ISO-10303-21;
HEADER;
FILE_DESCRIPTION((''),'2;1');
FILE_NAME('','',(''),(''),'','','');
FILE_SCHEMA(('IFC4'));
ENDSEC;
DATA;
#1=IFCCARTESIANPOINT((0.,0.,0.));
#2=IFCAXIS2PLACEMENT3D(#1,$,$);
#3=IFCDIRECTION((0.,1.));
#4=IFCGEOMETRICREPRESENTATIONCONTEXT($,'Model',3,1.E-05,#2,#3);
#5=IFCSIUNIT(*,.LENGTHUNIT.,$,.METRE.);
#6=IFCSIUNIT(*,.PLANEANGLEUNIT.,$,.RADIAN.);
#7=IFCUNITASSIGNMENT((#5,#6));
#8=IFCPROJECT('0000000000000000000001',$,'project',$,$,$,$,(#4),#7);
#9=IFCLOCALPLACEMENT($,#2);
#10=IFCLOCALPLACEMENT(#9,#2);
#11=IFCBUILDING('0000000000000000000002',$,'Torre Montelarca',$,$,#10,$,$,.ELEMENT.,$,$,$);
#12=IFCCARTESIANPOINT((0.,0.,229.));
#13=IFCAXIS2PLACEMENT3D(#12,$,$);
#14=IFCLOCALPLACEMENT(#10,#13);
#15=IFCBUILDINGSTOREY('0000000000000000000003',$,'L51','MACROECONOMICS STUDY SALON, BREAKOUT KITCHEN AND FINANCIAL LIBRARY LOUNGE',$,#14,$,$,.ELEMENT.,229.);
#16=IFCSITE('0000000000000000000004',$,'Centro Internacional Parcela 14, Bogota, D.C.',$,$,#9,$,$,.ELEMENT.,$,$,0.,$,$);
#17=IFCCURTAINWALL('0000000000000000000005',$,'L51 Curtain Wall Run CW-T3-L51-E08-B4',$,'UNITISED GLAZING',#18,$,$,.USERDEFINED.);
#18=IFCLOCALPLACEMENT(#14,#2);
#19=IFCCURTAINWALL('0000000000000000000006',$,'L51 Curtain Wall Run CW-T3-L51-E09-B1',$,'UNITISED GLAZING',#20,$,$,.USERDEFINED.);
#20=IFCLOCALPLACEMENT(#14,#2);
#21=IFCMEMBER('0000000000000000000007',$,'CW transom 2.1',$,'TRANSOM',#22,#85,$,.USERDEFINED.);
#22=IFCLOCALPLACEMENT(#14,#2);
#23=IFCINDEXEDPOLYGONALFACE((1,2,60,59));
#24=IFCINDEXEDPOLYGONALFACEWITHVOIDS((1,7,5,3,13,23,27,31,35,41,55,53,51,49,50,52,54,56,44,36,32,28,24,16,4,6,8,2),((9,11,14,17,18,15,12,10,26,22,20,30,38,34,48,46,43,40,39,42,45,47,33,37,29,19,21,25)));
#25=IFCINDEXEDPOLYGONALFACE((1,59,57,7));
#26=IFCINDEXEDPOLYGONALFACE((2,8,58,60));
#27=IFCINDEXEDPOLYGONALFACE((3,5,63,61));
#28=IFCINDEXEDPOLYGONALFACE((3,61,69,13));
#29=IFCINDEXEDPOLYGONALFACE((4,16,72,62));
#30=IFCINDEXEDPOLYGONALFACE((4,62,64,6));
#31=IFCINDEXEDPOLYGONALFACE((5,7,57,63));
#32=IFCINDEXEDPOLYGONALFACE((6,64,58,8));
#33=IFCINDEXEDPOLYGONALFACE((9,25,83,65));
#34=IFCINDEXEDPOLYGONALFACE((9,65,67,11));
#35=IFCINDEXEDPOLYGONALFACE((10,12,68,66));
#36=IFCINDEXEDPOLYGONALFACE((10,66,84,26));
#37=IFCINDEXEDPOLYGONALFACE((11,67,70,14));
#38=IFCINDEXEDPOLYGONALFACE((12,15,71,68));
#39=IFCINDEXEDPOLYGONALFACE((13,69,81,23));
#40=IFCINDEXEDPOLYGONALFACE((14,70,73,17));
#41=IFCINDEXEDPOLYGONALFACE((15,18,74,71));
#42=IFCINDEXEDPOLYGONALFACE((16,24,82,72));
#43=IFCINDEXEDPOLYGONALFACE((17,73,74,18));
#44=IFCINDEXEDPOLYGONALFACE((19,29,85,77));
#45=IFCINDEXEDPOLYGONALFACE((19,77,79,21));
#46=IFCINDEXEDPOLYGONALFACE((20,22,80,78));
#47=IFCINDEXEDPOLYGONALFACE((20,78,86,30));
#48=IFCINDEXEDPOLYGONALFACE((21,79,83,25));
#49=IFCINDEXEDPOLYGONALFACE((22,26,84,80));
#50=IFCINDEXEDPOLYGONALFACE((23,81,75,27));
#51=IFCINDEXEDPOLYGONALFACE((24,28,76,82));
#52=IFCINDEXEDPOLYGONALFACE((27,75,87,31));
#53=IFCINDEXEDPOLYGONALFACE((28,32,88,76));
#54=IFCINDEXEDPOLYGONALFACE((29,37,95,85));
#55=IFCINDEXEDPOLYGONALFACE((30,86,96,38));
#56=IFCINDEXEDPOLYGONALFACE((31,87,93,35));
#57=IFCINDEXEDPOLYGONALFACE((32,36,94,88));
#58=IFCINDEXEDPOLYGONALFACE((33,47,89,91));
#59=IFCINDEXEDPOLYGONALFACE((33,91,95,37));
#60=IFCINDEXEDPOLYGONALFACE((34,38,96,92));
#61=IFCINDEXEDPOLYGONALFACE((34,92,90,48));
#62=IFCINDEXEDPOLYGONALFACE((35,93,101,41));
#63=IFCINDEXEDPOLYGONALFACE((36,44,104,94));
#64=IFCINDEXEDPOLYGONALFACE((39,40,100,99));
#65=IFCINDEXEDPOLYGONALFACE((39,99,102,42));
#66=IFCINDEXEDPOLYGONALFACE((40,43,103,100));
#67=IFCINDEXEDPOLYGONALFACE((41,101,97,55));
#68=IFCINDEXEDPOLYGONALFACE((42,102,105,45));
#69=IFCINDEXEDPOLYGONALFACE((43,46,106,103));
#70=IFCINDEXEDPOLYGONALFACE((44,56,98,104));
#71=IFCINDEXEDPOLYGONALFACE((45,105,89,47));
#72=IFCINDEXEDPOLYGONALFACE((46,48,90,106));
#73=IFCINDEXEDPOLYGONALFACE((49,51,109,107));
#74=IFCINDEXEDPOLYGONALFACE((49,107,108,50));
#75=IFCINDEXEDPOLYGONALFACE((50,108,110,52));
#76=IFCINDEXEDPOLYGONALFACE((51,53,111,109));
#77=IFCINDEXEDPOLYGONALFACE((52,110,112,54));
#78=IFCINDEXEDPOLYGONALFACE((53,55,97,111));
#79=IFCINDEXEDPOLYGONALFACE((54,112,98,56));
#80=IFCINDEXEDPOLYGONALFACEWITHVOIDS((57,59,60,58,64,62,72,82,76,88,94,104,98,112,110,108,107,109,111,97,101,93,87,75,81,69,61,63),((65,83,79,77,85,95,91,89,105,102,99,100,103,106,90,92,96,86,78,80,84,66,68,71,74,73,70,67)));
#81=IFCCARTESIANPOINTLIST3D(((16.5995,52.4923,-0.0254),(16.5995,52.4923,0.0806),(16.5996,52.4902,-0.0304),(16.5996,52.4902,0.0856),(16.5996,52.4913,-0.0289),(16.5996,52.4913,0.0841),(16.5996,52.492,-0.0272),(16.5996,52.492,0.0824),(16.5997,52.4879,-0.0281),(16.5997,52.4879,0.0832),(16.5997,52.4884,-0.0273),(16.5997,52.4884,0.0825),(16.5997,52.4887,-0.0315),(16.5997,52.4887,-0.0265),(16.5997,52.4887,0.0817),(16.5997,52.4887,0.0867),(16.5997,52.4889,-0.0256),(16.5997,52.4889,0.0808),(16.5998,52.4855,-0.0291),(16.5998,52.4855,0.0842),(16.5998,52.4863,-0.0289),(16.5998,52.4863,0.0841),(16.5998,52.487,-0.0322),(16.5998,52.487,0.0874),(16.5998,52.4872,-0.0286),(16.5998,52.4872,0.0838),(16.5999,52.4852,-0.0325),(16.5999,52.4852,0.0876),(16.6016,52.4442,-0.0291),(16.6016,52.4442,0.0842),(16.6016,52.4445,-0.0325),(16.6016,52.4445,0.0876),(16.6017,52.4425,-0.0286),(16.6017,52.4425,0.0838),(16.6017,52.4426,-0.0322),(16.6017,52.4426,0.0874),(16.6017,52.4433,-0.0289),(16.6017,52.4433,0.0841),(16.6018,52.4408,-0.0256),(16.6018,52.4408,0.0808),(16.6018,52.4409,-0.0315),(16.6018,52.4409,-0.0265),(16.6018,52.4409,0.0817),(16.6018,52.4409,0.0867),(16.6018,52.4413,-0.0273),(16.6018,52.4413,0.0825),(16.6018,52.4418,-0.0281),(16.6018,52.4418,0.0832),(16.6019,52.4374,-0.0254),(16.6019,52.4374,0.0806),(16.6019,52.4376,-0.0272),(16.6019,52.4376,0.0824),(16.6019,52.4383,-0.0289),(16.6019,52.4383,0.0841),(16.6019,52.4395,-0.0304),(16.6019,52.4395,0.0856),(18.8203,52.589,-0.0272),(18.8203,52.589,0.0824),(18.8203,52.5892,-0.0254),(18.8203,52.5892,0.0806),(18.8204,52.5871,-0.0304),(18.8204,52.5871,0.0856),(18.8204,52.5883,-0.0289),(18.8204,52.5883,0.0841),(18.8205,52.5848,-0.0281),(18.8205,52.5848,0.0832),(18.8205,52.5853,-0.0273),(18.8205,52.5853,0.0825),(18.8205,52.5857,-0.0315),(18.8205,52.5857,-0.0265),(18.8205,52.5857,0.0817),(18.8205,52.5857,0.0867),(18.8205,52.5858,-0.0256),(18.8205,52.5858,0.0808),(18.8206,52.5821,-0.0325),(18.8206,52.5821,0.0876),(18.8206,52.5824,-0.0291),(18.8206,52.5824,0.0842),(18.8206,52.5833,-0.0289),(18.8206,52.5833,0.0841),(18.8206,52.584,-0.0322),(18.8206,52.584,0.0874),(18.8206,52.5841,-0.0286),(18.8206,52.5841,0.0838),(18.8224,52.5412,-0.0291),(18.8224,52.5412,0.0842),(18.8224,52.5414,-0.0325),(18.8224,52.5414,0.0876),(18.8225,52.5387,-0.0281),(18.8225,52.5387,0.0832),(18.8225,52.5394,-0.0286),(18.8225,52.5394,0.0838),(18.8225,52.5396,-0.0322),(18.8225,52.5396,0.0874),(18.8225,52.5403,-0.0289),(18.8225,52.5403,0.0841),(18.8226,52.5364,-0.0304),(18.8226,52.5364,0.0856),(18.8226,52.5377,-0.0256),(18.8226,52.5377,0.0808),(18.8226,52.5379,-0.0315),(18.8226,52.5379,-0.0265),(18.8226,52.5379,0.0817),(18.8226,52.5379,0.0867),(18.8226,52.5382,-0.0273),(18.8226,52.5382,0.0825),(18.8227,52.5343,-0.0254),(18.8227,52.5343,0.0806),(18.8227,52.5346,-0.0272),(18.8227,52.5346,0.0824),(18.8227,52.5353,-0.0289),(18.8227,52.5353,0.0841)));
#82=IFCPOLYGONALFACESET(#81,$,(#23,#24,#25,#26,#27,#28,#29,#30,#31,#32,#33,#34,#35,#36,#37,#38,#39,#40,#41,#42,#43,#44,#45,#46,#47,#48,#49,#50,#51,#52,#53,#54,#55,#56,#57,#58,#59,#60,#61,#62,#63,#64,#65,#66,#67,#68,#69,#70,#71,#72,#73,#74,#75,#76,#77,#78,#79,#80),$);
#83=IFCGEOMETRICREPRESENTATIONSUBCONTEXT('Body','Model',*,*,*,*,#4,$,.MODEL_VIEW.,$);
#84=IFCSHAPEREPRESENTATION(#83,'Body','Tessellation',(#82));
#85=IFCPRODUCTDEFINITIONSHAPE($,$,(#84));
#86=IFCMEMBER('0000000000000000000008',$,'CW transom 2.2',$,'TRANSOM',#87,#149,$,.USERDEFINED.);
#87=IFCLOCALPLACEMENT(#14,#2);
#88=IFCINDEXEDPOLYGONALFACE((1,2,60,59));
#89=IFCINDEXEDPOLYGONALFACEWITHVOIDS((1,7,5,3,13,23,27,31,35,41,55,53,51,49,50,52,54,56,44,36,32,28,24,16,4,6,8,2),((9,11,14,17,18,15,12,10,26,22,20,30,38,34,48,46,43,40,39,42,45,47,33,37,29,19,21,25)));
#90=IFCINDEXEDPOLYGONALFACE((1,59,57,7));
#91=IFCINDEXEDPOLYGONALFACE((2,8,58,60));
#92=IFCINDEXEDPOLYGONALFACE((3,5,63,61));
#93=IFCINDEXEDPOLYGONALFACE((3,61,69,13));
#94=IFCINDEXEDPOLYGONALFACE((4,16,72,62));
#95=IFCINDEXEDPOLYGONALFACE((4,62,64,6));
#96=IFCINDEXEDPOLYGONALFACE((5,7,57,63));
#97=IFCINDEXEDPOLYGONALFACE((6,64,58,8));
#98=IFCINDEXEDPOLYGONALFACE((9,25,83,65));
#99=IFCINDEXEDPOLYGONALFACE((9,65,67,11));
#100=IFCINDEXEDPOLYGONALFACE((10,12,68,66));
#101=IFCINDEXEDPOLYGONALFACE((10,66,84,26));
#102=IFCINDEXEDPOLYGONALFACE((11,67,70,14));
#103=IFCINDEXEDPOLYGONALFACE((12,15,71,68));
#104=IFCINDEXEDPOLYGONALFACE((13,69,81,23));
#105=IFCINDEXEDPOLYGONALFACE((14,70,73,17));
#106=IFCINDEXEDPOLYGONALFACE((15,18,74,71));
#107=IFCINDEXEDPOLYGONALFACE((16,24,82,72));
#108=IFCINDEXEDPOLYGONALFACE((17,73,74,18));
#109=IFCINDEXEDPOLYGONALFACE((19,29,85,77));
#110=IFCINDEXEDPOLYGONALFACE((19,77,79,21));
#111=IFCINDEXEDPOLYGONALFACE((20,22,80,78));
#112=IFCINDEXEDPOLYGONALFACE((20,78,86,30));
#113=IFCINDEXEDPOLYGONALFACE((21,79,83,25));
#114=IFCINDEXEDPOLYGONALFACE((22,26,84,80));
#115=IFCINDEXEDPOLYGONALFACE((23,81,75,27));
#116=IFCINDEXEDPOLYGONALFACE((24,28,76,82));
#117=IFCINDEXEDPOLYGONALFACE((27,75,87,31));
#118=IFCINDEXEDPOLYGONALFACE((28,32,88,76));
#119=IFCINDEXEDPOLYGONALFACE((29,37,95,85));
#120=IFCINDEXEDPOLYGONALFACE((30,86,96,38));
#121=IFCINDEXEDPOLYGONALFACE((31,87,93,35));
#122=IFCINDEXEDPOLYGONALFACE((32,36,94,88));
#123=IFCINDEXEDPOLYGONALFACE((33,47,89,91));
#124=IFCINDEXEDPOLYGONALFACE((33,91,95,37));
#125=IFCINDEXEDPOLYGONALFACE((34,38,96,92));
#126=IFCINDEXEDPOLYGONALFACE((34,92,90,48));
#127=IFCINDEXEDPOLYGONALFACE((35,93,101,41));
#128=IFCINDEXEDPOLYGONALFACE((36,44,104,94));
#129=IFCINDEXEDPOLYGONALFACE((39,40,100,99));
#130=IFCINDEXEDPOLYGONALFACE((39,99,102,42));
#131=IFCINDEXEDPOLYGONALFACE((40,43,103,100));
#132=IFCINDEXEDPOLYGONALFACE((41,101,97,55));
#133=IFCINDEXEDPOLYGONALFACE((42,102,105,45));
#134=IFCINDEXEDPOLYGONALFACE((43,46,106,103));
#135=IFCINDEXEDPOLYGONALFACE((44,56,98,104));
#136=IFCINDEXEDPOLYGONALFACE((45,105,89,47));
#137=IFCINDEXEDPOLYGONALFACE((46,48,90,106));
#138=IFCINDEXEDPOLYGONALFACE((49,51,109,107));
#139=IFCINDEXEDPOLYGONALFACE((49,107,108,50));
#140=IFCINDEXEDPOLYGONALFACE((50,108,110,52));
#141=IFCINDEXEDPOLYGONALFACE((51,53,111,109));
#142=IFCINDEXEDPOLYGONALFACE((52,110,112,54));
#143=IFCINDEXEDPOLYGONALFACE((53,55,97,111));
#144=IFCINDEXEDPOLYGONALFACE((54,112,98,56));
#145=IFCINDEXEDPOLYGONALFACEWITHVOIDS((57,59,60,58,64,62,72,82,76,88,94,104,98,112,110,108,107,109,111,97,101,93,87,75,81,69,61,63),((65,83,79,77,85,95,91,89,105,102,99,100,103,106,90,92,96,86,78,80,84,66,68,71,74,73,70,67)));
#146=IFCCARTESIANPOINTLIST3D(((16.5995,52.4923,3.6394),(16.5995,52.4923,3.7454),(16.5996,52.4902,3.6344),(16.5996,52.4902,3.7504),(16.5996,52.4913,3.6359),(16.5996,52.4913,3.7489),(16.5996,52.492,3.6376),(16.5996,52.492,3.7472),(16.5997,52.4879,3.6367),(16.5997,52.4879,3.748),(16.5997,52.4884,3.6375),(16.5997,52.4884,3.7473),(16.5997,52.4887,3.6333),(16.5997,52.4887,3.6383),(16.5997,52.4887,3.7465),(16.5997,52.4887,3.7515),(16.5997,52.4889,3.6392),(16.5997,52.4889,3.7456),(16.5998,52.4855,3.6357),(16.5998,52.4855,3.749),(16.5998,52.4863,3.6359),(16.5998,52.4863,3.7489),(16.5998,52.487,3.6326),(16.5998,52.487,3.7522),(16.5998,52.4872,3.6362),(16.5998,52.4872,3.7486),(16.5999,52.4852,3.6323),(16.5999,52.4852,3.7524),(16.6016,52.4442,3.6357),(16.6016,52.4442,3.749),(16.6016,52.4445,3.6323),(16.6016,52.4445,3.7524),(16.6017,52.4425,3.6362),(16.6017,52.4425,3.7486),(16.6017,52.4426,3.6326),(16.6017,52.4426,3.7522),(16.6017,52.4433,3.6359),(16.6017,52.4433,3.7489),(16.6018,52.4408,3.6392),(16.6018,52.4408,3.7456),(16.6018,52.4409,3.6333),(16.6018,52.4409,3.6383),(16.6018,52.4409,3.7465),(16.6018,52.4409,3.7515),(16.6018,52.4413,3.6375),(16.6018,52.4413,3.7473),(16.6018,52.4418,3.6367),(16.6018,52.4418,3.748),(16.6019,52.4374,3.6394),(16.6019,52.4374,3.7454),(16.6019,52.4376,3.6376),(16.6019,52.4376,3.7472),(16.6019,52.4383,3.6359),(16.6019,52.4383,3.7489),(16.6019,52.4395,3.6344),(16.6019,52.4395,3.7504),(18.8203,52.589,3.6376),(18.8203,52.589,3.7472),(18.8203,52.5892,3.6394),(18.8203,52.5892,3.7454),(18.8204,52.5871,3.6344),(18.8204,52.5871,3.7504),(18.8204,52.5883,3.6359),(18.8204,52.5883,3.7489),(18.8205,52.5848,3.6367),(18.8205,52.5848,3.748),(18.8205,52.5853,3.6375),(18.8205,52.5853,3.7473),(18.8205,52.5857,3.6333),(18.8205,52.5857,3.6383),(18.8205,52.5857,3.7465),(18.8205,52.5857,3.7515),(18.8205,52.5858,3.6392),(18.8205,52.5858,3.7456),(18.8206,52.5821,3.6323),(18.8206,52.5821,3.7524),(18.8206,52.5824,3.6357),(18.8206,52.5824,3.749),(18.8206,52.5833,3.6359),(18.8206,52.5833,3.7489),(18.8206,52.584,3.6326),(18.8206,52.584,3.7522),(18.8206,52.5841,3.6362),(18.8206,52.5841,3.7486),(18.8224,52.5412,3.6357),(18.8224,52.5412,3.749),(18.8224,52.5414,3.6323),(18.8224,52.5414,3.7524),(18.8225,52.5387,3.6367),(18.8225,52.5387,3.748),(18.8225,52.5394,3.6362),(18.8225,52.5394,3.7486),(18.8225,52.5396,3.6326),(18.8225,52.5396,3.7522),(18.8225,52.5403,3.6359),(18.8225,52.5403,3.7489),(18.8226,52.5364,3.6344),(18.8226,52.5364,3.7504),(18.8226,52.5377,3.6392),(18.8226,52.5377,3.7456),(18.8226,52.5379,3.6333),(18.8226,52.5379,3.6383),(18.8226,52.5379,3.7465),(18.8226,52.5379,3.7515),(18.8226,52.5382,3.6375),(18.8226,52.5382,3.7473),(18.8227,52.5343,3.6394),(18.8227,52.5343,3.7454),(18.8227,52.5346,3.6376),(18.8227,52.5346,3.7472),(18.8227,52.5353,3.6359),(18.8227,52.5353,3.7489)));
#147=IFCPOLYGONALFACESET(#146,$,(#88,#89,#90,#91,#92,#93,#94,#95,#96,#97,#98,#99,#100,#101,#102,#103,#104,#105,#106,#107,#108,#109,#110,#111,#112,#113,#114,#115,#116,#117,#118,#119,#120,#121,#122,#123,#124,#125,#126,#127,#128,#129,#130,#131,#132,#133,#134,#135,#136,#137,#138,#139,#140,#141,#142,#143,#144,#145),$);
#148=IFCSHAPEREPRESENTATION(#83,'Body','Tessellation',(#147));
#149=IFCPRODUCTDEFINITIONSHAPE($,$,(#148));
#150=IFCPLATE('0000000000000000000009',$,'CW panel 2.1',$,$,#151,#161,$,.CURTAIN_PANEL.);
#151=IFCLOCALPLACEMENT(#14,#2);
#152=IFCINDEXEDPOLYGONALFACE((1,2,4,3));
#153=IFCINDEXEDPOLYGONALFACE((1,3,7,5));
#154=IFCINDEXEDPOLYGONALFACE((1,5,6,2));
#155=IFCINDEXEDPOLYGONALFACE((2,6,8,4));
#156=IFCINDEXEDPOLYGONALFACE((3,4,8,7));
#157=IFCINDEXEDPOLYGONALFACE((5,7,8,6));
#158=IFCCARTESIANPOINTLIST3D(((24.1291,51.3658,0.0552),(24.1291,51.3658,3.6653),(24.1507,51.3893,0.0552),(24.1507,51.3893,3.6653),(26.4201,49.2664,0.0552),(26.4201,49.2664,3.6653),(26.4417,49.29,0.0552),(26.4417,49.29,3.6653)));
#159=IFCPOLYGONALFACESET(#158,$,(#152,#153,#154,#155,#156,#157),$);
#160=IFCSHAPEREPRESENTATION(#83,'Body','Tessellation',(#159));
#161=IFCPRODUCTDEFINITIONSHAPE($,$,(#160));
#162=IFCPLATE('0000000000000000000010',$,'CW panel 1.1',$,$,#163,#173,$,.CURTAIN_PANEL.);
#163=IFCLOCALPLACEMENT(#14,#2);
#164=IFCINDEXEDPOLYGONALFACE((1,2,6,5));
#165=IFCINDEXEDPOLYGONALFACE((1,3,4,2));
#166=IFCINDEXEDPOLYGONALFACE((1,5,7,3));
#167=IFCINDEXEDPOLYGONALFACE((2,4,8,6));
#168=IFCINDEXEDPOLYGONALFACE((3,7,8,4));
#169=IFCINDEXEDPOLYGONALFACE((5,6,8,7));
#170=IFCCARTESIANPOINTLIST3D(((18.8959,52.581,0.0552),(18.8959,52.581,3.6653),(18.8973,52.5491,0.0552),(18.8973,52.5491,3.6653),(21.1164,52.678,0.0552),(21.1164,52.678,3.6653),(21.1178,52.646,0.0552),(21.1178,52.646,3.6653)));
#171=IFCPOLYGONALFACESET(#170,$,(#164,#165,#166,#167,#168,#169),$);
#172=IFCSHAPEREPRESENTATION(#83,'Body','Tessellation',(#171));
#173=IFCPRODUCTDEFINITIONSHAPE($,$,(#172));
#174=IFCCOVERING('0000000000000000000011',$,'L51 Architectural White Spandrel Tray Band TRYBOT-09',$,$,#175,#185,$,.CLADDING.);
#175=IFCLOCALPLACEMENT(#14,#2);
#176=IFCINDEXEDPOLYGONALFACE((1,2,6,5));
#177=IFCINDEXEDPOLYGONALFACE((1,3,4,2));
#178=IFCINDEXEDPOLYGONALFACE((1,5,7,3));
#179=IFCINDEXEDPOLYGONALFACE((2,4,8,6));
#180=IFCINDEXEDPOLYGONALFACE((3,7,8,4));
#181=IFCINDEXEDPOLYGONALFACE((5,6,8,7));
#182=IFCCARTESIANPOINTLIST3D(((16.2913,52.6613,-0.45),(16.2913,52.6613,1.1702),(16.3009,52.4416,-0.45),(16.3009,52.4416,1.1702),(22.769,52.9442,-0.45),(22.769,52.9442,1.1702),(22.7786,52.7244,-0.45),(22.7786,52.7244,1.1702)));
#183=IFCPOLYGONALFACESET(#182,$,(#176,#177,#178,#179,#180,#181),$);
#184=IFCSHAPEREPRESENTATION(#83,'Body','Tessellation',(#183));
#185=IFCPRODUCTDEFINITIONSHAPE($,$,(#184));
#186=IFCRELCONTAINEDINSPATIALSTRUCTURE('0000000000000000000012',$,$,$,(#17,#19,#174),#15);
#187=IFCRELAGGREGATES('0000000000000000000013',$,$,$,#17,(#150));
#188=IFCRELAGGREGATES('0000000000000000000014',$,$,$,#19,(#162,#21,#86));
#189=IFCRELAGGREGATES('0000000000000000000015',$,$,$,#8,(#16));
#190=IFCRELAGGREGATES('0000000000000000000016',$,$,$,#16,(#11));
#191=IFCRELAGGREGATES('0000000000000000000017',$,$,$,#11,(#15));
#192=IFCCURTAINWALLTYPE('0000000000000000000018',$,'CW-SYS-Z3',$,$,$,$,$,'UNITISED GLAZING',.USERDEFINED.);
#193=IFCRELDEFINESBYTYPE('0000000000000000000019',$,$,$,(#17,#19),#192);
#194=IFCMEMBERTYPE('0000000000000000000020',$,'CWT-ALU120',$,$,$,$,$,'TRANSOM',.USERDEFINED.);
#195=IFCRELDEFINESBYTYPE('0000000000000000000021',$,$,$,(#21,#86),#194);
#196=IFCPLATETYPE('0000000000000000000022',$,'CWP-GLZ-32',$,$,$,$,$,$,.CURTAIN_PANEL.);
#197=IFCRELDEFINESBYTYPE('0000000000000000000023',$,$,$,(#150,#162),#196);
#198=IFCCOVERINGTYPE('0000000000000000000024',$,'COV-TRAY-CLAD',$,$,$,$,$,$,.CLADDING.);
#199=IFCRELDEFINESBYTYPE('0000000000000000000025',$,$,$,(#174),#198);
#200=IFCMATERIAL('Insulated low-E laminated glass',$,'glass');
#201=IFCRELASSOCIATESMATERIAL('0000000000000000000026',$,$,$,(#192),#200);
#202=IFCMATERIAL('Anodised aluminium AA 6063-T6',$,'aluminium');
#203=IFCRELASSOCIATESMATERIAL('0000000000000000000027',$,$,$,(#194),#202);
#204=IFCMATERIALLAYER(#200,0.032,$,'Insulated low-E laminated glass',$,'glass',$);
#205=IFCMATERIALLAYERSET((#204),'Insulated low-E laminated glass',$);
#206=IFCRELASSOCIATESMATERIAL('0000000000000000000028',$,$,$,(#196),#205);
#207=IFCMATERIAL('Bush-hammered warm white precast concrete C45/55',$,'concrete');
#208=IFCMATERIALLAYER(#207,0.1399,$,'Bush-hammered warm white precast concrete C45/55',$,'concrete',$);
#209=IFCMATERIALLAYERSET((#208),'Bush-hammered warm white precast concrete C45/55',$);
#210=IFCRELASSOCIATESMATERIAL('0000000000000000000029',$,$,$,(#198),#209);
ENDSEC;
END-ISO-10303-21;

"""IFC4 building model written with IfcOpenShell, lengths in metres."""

from ifc_helpers import new_model, si_unit, direction, frame, origin, origin_2d, place, context, subcontext, project, spatial, rectangle, hollow_rectangle, extrude, source, transform, mapped, material, layer, layer_set, material_profile, profile_set, type_object, element, aggregate, save


model = new_model("IFC4")

# Units and contexts
model_context = context("Model", 3, precision=1e-05, world=origin(), true_north=direction((0.0, 1.0)))
body_context = subcontext(model_context, "Body", "Model", "MODEL_VIEW")
ifc_project = project(units=[si_unit("LENGTHUNIT", "METRE"), si_unit("PLANEANGLEUNIT", "RADIAN")], contexts=[model_context])

# Site, building, storey
site_placement = place(None, origin())
site = spatial("IfcSite", under=ifc_project, at=site_placement, Name="Centro Internacional Parcela 14, Bogota, D.C.", CompositionType="ELEMENT", RefElevation=0.0)
building_placement = place(site_placement, origin())
building = spatial("IfcBuilding", under=site, at=building_placement, Name="Torre Montelarca", CompositionType="ELEMENT")
storey_placement = place(building_placement, frame((0.0, 0.0, 229.0)))
storey = spatial("IfcBuildingStorey", under=building, at=storey_placement, Name="L51", Description="MACROECONOMICS STUDY SALON, BREAKOUT KITCHEN AND FINANCIAL LIBRARY LOUNGE", CompositionType="ELEMENT", Elevation=229.0)

# Curtain walls
ifc_material_1 = material(Name="Insulated low-E laminated glass", Category="glass")
curtain_wall_type = type_object("IfcCurtainWallType", Name="CW-SYS-Z3", ElementType="UNITISED GLAZING", PredefinedType="USERDEFINED", material=ifc_material_1)
curtain_wall_1_placement = place(storey_placement, origin())
curtain_wall_1 = element("IfcCurtainWall", 1, at=curtain_wall_1_placement, inside=storey, type_object=curtain_wall_type, Name="L51 Curtain Wall Run CW-T3-L51-E08-B4", ObjectType="UNITISED GLAZING", PredefinedType="USERDEFINED")
ifc_material_2 = material(Name="Anodised aluminium AA 6063-T6", Category="aluminium")
curtain_wall_2_placement = place(storey_placement, origin())
curtain_wall_2 = element("IfcCurtainWall", 2, at=curtain_wall_2_placement, inside=storey, type_object=curtain_wall_type, Name="L51 Curtain Wall Run CW-T3-L51-E09-B1", ObjectType="UNITISED GLAZING", PredefinedType="USERDEFINED")

# Members
ifc_material_profile_1 = material_profile(ifc_material_2, hollow_rectangle(XDim=0.0549, YDim=0.1201, WallThickness=0.0034, InnerFilletRadius=0.0034, OuterFilletRadius=0.0071, at=origin_2d()), Name="ALU55X120X3.5", Category="aluminium")
ifc_profile_set_1 = profile_set([ifc_material_profile_1], Name="Anodised aluminium AA 6063-T6")
member_type_1 = type_object("IfcMemberType", Name="CWT-ALU120", ElementType="TRANSOM", PredefinedType="USERDEFINED", material=ifc_profile_set_1)
shared_shape_1 = source(origin(), body_context, "Body", "SweptSolid", [
    extrude(hollow_rectangle(XDim=0.0549, YDim=0.1201, WallThickness=0.0034, InnerFilletRadius=0.0034, OuterFilletRadius=0.0071, at=origin_2d()), origin(), (0.0, 0.0, 1.0), 2.2229),
])
member_1_placement = place(storey_placement, frame((18.8215, 52.5618, 0.0276), z_axis=(-0.999049, -0.043604, 0.0), x_axis=(0.043604, -0.999049, 0.0)))
member_1 = element("IfcMember", 3, at=member_1_placement, type_object=member_type_1, Name="CW transom 2.1", ObjectType="TRANSOM", PredefinedType="USERDEFINED", context=body_context, shape_type="MappedRepresentation", body=[
    mapped(shared_shape_1, transform((0.0, 0.0, 0.0), scale=1.0)),
])
member_2_placement = place(storey_placement, frame((18.8215, 52.5618, 3.6924), z_axis=(-0.999049, -0.043604, 0.0), x_axis=(0.043604, -0.999049, 0.0)))
member_2 = element("IfcMember", 4, at=member_2_placement, type_object=member_type_1, Name="CW transom 2.2", ObjectType="TRANSOM", PredefinedType="USERDEFINED", context=body_context, shape_type="MappedRepresentation", body=[
    mapped(shared_shape_1, transform((0.0, 0.0, 0.0), scale=1.0)),
])

# Plates
ifc_layer_1 = layer(ifc_material_1, 0.032, Name="Insulated low-E laminated glass", Category="glass")
ifc_layer_set_1 = layer_set([ifc_layer_1], Name="Insulated low-E laminated glass")
plate_type = type_object("IfcPlateType", Name="CWP-GLZ-32", PredefinedType="CURTAIN_PANEL", material=ifc_layer_set_1)
shared_shape_2 = source(origin(), body_context, "Body", "SweptSolid", [
    extrude(rectangle(XDim=3.1074, YDim=0.032, at=origin_2d()), origin(), (0.0, 0.0, 1.0), 3.6101),
])
plate_1_placement = place(storey_placement, frame((25.2854, 50.3279, 0.0552), z_axis=(0.0, 0.0, 1.0), x_axis=(-0.73728, 0.675588, 0.0)))
plate_1 = element("IfcPlate", 5, at=plate_1_placement, type_object=plate_type, Name="CW panel 2.1", PredefinedType="CURTAIN_PANEL", context=body_context, shape_type="MappedRepresentation", body=[
    mapped(shared_shape_2, transform((0.0, 0.0, 0.0), scale=1.0)),
])
aggregate(curtain_wall_1, [plate_1])
shared_shape_3 = source(origin(), body_context, "Body", "SweptSolid", [
    extrude(rectangle(XDim=2.2227, YDim=0.032, at=origin_2d()), origin(), (0.0, 0.0, 1.0), 3.6101),
])
plate_2_placement = place(storey_placement, frame((20.0068, 52.6135, 0.0552), z_axis=(0.0, 0.0, 1.0), x_axis=(-0.999048, -0.043614, 0.0)))
plate_2 = element("IfcPlate", 6, at=plate_2_placement, type_object=plate_type, Name="CW panel 1.1", PredefinedType="CURTAIN_PANEL", context=body_context, shape_type="MappedRepresentation", body=[
    mapped(shared_shape_3, transform((0.0, 0.0, 0.0), scale=1.0)),
])
aggregate(curtain_wall_2, [plate_2, member_1, member_2])

# Covering
ifc_material_3 = material(Name="Bush-hammered warm white precast concrete C45/55", Category="concrete")
ifc_layer_2 = layer(ifc_material_3, 0.1399, Name="Bush-hammered warm white precast concrete C45/55", Category="concrete")
ifc_layer_set_2 = layer_set([ifc_layer_2], Name="Bush-hammered warm white precast concrete C45/55")
covering_type = type_object("IfcCoveringType", Name="COV-TRAY-CLAD", PredefinedType="CLADDING", material=ifc_layer_set_2)
shared_shape_4 = source(origin(), body_context, "Body", "SweptSolid", [
    extrude(rectangle(XDim=6.4839, YDim=0.22, at=origin_2d()), origin(), (0.0, 0.0, 1.0), 1.6201),
])
covering_1_placement = place(storey_placement, frame((19.5349, 52.6929, -0.45), z_axis=(0.0, 0.0, 1.0), x_axis=(-0.999048, -0.043621, 0.0)))
element("IfcCovering", 7, at=covering_1_placement, inside=storey, type_object=covering_type, Name="L51 Architectural White Spandrel Tray Band TRYBOT-09", PredefinedType="CLADDING", context=body_context, shape_type="MappedRepresentation", body=[
    mapped(shared_shape_4, transform((0.0, 0.0, 0.0), scale=1.0)),
])

save(model, "model.ifc")
